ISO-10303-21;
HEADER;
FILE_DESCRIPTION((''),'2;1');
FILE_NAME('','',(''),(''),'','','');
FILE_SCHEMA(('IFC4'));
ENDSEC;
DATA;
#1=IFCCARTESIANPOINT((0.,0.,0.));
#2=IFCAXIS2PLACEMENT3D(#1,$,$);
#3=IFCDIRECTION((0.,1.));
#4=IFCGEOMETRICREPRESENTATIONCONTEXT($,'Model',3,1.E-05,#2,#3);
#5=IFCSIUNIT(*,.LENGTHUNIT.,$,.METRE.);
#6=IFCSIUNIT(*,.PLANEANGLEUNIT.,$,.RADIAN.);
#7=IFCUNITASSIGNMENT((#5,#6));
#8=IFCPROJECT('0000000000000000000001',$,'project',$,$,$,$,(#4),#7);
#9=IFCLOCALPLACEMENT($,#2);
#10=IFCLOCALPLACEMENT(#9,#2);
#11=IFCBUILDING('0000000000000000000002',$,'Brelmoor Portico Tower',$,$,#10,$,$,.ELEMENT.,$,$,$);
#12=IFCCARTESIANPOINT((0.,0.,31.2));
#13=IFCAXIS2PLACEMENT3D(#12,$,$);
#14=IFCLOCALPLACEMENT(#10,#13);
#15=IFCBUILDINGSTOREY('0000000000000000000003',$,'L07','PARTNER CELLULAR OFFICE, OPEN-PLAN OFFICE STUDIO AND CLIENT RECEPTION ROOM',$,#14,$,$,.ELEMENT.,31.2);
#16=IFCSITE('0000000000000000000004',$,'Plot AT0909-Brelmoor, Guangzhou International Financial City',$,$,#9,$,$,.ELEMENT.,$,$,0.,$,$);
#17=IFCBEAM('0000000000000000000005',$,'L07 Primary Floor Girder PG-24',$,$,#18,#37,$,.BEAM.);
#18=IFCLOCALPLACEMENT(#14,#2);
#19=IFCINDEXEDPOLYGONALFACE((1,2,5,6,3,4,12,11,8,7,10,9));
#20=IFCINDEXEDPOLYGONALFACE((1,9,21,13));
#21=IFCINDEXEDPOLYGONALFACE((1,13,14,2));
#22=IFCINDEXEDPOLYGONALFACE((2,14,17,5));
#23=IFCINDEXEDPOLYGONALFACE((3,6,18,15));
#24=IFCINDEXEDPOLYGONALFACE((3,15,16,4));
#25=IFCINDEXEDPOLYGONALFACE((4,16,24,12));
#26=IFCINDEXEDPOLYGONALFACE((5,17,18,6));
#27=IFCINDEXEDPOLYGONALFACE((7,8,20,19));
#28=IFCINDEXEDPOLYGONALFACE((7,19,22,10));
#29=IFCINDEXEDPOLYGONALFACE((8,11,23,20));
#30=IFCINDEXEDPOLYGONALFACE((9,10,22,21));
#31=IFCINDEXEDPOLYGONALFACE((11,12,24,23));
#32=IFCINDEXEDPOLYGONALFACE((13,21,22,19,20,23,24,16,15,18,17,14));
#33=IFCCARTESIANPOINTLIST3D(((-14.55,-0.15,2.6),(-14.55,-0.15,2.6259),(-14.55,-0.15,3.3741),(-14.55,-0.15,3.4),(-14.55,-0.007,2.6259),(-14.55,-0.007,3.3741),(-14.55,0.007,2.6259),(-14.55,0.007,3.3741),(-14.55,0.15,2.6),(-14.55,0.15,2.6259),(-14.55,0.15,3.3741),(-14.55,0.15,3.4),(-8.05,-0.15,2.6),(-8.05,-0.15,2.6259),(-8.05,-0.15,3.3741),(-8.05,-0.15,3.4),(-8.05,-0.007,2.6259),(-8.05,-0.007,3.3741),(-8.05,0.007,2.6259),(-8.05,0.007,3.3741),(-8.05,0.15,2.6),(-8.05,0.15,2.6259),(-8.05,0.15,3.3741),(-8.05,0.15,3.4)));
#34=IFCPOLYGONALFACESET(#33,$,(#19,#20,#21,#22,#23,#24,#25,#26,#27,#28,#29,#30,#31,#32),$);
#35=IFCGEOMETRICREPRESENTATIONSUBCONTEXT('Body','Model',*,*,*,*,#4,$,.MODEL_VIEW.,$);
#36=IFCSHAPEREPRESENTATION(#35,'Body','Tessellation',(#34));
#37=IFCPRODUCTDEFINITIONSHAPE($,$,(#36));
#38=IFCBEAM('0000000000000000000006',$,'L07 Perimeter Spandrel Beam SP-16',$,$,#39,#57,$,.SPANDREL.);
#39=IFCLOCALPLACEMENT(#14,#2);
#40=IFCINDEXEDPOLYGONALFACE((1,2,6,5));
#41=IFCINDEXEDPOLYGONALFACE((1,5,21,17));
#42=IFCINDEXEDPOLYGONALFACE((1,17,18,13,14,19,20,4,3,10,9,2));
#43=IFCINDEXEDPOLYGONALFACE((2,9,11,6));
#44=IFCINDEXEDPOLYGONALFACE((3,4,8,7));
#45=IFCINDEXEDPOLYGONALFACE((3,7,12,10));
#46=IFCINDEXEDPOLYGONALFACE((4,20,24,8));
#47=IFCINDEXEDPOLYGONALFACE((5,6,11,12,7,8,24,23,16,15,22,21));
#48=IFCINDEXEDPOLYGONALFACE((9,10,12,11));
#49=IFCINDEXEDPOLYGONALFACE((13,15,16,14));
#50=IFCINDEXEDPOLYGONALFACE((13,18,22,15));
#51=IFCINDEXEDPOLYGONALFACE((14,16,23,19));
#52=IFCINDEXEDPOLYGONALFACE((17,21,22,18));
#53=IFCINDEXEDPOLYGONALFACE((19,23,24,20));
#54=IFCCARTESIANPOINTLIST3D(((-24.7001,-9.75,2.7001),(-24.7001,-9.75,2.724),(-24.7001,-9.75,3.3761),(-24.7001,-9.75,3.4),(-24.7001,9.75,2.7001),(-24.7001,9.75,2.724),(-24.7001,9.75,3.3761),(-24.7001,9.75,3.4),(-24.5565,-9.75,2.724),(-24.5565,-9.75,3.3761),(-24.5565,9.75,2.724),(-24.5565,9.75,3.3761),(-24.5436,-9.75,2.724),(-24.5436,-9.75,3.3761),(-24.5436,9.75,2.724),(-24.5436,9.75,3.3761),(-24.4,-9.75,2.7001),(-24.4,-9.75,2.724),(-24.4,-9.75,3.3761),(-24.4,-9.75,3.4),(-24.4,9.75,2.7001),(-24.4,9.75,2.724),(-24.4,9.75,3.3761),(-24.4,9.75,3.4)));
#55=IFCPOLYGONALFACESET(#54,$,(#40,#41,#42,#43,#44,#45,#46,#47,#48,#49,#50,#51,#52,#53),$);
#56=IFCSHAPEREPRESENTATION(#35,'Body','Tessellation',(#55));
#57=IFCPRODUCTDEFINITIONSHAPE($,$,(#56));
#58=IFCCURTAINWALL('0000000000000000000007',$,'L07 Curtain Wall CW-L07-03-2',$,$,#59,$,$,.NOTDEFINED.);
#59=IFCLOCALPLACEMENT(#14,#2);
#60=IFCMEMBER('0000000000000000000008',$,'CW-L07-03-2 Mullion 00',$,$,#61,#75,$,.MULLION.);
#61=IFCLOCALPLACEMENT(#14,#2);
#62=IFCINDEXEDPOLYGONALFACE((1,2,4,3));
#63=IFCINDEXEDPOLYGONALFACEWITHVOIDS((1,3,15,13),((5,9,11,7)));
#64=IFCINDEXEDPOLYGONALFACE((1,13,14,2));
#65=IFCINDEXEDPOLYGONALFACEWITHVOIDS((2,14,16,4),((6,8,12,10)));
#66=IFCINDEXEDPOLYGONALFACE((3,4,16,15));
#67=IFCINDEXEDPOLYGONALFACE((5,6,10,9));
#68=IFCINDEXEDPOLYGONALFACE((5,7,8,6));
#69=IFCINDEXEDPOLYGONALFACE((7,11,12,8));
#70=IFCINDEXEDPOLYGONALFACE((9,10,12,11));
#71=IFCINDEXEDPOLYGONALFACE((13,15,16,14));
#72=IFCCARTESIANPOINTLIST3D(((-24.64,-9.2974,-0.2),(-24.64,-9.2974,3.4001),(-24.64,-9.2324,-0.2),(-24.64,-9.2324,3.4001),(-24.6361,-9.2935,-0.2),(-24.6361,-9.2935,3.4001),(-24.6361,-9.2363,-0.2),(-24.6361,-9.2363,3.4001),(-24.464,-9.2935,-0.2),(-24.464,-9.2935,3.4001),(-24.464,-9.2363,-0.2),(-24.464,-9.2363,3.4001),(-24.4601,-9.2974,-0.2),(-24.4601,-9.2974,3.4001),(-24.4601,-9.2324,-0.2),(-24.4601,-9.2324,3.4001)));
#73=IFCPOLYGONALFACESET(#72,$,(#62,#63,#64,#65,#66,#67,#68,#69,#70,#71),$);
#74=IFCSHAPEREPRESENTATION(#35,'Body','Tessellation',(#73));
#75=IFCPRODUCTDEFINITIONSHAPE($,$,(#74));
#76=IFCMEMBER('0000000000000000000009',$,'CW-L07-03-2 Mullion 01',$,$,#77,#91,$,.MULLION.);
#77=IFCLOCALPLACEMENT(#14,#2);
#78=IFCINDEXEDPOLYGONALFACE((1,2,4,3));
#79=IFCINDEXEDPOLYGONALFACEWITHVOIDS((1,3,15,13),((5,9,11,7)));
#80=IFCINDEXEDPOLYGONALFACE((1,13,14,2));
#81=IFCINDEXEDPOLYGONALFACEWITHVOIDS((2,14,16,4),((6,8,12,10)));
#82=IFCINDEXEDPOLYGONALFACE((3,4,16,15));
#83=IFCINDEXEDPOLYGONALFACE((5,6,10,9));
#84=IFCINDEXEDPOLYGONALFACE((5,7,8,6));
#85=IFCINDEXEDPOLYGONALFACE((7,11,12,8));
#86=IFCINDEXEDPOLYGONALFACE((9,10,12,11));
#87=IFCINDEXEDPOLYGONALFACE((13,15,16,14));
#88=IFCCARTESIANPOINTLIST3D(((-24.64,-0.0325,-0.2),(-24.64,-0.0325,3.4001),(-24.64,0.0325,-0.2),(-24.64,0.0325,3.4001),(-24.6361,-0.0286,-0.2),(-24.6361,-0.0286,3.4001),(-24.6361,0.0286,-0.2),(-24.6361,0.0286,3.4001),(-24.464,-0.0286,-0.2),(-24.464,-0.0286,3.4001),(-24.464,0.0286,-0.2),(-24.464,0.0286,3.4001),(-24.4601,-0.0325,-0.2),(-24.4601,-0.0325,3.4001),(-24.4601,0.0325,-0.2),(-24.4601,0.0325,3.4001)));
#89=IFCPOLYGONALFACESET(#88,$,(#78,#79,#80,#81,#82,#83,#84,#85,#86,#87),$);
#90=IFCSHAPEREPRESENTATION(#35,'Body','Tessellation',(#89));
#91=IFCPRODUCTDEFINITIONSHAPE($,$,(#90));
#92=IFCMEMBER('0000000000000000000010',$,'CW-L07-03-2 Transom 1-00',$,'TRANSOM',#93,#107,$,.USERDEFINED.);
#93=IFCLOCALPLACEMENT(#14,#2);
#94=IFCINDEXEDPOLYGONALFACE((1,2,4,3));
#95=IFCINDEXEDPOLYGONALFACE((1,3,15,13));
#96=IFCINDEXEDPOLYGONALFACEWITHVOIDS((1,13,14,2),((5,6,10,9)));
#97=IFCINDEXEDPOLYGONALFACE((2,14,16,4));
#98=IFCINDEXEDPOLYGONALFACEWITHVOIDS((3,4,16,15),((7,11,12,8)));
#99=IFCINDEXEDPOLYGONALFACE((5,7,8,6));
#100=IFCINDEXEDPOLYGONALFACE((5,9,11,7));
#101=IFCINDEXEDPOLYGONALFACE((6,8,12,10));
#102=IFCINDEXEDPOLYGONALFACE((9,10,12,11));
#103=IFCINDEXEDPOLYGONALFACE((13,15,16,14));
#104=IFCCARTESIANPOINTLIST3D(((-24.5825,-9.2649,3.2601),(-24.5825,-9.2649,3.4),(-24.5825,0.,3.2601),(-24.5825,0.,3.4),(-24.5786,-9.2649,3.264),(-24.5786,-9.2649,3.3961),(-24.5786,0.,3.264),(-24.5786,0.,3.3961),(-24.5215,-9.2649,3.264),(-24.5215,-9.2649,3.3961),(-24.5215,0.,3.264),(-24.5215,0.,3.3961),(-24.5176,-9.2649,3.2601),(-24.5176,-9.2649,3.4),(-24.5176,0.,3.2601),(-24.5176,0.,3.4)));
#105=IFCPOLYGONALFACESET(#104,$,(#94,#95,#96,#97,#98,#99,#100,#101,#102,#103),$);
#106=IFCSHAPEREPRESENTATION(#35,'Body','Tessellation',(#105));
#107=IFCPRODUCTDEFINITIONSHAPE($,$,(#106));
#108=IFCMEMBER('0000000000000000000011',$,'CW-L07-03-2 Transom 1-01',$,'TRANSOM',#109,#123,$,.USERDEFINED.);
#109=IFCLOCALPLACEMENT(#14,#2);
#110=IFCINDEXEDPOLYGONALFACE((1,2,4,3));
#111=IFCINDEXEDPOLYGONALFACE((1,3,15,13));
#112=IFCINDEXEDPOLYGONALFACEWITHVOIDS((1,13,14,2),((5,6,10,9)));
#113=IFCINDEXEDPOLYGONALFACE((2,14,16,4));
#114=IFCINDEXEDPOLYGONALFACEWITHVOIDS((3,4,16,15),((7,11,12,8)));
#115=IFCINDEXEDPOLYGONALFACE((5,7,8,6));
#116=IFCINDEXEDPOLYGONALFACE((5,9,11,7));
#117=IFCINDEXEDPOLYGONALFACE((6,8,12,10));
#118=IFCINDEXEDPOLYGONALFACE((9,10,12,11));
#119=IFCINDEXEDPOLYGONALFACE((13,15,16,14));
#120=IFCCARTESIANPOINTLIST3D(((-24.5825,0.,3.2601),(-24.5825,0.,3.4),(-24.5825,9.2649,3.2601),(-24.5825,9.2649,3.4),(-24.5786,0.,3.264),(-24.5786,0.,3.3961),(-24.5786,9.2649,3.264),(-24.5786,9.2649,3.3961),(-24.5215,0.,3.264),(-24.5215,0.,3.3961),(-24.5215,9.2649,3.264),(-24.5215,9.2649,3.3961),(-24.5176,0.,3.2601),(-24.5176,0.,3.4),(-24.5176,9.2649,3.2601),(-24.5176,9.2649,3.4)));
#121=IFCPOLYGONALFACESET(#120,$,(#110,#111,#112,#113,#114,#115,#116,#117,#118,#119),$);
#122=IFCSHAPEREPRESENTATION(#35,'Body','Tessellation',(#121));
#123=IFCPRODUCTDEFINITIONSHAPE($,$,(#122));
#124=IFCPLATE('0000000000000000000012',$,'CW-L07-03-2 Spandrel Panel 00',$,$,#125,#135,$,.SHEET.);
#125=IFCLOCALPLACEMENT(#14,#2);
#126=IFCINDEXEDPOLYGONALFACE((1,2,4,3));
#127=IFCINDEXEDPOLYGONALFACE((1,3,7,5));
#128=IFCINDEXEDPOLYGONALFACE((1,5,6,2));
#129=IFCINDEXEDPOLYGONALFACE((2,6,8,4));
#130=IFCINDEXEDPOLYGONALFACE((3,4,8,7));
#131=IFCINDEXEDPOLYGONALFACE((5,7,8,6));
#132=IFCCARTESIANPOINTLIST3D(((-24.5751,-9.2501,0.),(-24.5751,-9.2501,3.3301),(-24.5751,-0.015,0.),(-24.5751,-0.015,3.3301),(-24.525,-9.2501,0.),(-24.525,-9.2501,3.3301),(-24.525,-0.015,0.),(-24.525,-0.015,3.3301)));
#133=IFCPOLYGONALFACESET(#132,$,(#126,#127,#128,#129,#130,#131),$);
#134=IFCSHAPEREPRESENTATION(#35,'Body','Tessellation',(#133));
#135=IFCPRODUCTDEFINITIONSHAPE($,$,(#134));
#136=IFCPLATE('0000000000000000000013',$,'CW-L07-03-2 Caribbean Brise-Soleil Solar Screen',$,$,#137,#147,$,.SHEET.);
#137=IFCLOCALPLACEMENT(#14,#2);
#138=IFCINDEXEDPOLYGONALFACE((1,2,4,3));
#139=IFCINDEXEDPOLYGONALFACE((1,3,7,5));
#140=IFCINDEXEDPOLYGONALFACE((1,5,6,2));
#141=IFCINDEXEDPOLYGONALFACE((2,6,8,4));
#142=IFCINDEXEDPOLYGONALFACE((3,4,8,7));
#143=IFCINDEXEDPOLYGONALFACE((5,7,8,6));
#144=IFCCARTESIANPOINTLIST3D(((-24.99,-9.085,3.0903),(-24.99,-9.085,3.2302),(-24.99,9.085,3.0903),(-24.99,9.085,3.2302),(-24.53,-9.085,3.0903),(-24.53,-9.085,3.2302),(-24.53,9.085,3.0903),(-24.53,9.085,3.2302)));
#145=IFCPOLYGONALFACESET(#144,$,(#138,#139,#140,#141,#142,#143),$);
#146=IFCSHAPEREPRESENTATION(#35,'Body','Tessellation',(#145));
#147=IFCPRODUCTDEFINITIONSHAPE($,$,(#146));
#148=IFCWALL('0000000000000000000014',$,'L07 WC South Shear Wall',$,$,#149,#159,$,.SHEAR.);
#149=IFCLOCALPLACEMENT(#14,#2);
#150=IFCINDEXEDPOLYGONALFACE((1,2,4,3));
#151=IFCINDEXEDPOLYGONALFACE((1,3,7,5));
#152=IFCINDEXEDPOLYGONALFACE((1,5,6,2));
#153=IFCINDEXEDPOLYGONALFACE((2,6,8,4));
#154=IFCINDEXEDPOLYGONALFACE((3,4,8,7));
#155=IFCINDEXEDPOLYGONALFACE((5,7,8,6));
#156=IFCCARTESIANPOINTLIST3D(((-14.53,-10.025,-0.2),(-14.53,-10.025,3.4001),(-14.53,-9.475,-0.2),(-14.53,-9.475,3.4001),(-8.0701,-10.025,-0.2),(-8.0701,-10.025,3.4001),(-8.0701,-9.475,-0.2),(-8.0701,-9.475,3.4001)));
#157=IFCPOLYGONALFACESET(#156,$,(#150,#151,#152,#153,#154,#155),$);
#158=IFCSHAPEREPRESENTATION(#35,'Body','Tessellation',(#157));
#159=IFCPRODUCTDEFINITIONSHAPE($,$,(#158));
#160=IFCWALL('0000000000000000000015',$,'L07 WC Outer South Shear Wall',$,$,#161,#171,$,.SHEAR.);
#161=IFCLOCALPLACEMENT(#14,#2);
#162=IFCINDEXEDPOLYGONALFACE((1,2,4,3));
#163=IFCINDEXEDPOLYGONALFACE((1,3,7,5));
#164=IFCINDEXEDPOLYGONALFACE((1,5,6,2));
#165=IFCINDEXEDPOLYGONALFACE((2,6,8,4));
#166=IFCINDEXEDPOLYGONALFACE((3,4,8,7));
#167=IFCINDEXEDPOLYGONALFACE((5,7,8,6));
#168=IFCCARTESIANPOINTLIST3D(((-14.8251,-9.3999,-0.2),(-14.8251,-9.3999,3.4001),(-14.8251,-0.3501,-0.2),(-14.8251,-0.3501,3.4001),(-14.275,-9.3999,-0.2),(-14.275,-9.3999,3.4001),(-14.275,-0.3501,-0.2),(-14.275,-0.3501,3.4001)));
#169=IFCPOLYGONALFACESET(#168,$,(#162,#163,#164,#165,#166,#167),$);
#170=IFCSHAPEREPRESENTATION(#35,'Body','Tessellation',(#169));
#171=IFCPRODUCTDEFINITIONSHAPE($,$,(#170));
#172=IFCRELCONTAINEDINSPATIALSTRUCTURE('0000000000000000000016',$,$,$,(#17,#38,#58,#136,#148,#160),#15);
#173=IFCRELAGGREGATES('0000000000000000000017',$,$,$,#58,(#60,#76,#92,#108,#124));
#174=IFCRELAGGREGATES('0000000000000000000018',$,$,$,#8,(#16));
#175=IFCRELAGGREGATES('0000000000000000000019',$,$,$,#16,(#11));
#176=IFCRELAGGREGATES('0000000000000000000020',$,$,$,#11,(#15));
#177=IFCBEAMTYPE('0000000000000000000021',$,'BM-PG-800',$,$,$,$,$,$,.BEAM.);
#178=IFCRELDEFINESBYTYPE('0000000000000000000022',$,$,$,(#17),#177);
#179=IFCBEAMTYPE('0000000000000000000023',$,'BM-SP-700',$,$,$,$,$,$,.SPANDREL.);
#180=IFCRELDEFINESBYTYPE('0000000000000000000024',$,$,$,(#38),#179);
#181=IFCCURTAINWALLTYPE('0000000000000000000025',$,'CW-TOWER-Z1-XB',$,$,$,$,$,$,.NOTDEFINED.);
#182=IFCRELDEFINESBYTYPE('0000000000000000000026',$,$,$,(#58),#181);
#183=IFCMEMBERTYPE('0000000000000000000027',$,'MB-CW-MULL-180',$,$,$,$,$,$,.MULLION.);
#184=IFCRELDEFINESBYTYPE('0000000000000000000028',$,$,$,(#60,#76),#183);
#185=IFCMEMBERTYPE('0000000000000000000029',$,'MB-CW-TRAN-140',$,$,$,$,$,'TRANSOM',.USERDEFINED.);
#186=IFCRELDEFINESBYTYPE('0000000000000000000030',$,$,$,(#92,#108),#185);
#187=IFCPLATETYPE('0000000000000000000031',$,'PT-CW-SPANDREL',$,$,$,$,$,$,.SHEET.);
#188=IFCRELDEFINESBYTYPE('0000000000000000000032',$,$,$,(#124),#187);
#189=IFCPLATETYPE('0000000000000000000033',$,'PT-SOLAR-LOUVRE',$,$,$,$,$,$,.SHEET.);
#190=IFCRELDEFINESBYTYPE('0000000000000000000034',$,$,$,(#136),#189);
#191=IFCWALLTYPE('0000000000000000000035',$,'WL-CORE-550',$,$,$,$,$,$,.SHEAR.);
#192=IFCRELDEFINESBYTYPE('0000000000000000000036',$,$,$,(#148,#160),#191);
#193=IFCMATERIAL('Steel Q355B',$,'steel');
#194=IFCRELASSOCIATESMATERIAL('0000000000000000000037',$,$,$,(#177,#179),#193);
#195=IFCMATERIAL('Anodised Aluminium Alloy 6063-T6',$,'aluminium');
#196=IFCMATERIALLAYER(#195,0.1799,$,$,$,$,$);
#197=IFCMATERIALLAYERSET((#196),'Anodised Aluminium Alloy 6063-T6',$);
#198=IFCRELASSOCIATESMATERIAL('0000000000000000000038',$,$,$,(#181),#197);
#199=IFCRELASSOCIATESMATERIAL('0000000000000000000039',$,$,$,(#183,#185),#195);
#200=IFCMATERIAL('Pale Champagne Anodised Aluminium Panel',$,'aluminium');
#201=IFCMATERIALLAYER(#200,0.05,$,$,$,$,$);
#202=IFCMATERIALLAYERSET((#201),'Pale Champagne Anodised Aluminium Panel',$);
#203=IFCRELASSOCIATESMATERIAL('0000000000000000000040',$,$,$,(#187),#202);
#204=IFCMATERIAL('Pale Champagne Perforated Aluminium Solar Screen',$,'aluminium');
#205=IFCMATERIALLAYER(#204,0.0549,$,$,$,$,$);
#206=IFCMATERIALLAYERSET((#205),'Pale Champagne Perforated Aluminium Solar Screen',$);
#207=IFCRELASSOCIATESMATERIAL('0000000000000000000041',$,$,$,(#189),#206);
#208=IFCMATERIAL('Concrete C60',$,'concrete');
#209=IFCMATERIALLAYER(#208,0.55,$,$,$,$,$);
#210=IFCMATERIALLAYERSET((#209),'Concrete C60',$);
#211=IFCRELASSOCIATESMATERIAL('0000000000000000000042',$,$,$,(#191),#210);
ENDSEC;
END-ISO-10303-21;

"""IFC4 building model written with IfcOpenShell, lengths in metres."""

from ifc_helpers import new_model, si_unit, direction, frame, frame_2d, origin, origin_2d, place, context, subcontext, project, spatial, rectangle, hollow_rectangle, i_section, extrude, material, layer, layer_set, material_profile, profile_set, type_object, element, aggregate, save


model = new_model("IFC4")

# Units and contexts
model_context = context("Model", 3, precision=1e-05, world=origin(), true_north=direction((0.0, 1.0)))
body_context = subcontext(model_context, "Body", "Model", "MODEL_VIEW")
ifc_project = project(units=[si_unit("LENGTHUNIT", "METRE"), si_unit("PLANEANGLEUNIT", "RADIAN")], contexts=[model_context])

# Site, building, storey
site_placement = place(None, origin())
site = spatial("IfcSite", under=ifc_project, at=site_placement, Name="Plot AT0909-Brelmoor, Guangzhou International Financial City", CompositionType="ELEMENT", RefElevation=0.0)
building_placement = place(site_placement, origin())
building = spatial("IfcBuilding", under=site, at=building_placement, Name="Brelmoor Portico Tower", CompositionType="ELEMENT")
storey_placement = place(building_placement, frame((0.0, 0.0, 31.2)))
storey = spatial("IfcBuildingStorey", under=building, at=storey_placement, Name="L07", Description="PARTNER CELLULAR OFFICE, OPEN-PLAN OFFICE STUDIO AND CLIENT RECEPTION ROOM", CompositionType="ELEMENT", Elevation=31.2)

# Beams
ifc_material_1 = material(Name="Steel Q355B", Category="steel")
ifc_material_profile_1 = material_profile(ifc_material_1, i_section(OverallWidth=0.3, OverallDepth=0.8, WebThickness=0.0139, FlangeThickness=0.0259, at=origin_2d()), Name="HN 800x300x14x26")
ifc_profile_set_1 = profile_set([ifc_material_profile_1], Name="Steel Q355B")
beam_type_1 = type_object("IfcBeamType", Name="BM-PG-800", PredefinedType="BEAM", material=ifc_profile_set_1)
for number, where, z_axis, x_axis, name in (
    (1, (-14.55, 0.0, 3.0), (1.0, 0.0, 0.0), (0.0, 1.0, 0.0), "L07 Primary Floor Girder PG-24"),
):
    element("IfcBeam", number, at=place(storey_placement, frame(where, z_axis=z_axis, x_axis=x_axis)), inside=storey, type_object=beam_type_1, Name=name, PredefinedType="BEAM", context=body_context, shape_type="SweptSolid", body=[
        extrude(i_section(OverallWidth=0.3, OverallDepth=0.8, WebThickness=0.0139, FlangeThickness=0.0259, at=origin_2d()), origin(), (0.0, 0.0, 1.0), 6.5),
    ])
ifc_material_profile_2 = material_profile(ifc_material_1, i_section(OverallWidth=0.3, OverallDepth=0.7, WebThickness=0.0129, FlangeThickness=0.0239, at=origin_2d()), Name="HN 700x300x13x24")
ifc_profile_set_2 = profile_set([ifc_material_profile_2], Name="Steel Q355B")
beam_type_2 = type_object("IfcBeamType", Name="BM-SP-700", PredefinedType="SPANDREL", material=ifc_profile_set_2)
beam_1_placement = place(storey_placement, frame((-24.55, -9.75, 3.05), z_axis=(0.0, 1.0, 0.0), x_axis=(-1.0, 0.0, 0.0)))
element("IfcBeam", 2, at=beam_1_placement, inside=storey, type_object=beam_type_2, Name="L07 Perimeter Spandrel Beam SP-16", PredefinedType="SPANDREL", context=body_context, shape_type="SweptSolid", body=[
    extrude(i_section(OverallWidth=0.3, OverallDepth=0.7, WebThickness=0.0129, FlangeThickness=0.0239, at=origin_2d()), origin(), (0.0, 0.0, 1.0), 19.5),
])

# Curtain wall, members, plate
ifc_material_2 = material(Name="Anodised Aluminium Alloy 6063-T6", Category="aluminium")
ifc_layer_1 = layer(ifc_material_2, 0.1799)
ifc_layer_set_1 = layer_set([ifc_layer_1], Name="Anodised Aluminium Alloy 6063-T6")
curtain_wall_type = type_object("IfcCurtainWallType", Name="CW-TOWER-Z1-XB", PredefinedType="NOTDEFINED", material=ifc_layer_set_1)
curtain_wall_placement = place(storey_placement, origin())
curtain_wall = element("IfcCurtainWall", 3, at=curtain_wall_placement, inside=storey, type_object=curtain_wall_type, Name="L07 Curtain Wall CW-L07-03-2", PredefinedType="NOTDEFINED")
ifc_material_profile_3 = material_profile(ifc_material_2, hollow_rectangle(XDim=0.0649, YDim=0.1799, WallThickness=0.0039, at=origin_2d()), Name="ALU MULLION 65x180")
ifc_profile_set_3 = profile_set([ifc_material_profile_3], Name="Anodised Aluminium Alloy 6063-T6")
member_type_1 = type_object("IfcMemberType", Name="MB-CW-MULL-180", PredefinedType="MULLION", material=ifc_profile_set_3)
member_1_placement = place(storey_placement, frame((-24.55, -9.2649, -0.2), z_axis=(0.0, 0.0, 1.0), x_axis=(0.0, 1.0, 0.0)))
member_1 = element("IfcMember", 4, at=member_1_placement, type_object=member_type_1, Name="CW-L07-03-2 Mullion 00", PredefinedType="MULLION", context=body_context, shape_type="SweptSolid", body=[
    extrude(hollow_rectangle(XDim=0.0649, YDim=0.1799, WallThickness=0.0039, at=origin_2d()), origin(), (0.0, 0.0, 1.0), 3.6001),
])
member_2_placement = place(storey_placement, frame((-24.55, 0.0, -0.2), z_axis=(0.0, 0.0, 1.0), x_axis=(0.0, 1.0, 0.0)))
member_2 = element("IfcMember", 5, at=member_2_placement, type_object=member_type_1, Name="CW-L07-03-2 Mullion 01", PredefinedType="MULLION", context=body_context, shape_type="SweptSolid", body=[
    extrude(hollow_rectangle(XDim=0.0649, YDim=0.1799, WallThickness=0.0039, at=origin_2d()), origin(), (0.0, 0.0, 1.0), 3.6001),
])
ifc_material_profile_4 = material_profile(ifc_material_2, hollow_rectangle(XDim=0.0649, YDim=0.1399, WallThickness=0.0039, at=origin_2d()), Name="ALU TRANSOM 65x140")
ifc_profile_set_4 = profile_set([ifc_material_profile_4], Name="Anodised Aluminium Alloy 6063-T6")
member_type_2 = type_object("IfcMemberType", Name="MB-CW-TRAN-140", ElementType="TRANSOM", PredefinedType="USERDEFINED", material=ifc_profile_set_4)
member_3_placement = place(storey_placement, frame((-24.55, -9.2649, 3.3301), z_axis=(0.0, 1.0, 0.0), x_axis=(-1.0, 0.0, 0.0)))
member_3 = element("IfcMember", 6, at=member_3_placement, type_object=member_type_2, Name="CW-L07-03-2 Transom 1-00", ObjectType="TRANSOM", PredefinedType="USERDEFINED", context=body_context, shape_type="SweptSolid", body=[
    extrude(hollow_rectangle(XDim=0.0649, YDim=0.1399, WallThickness=0.0039, at=origin_2d()), origin(), (0.0, 0.0, 1.0), 9.2649),
])
member_4_placement = place(storey_placement, frame((-24.55, 0.0, 3.3301), z_axis=(0.0, 1.0, 0.0), x_axis=(-1.0, 0.0, 0.0)))
member_4 = element("IfcMember", 7, at=member_4_placement, type_object=member_type_2, Name="CW-L07-03-2 Transom 1-01", ObjectType="TRANSOM", PredefinedType="USERDEFINED", context=body_context, shape_type="SweptSolid", body=[
    extrude(hollow_rectangle(XDim=0.0649, YDim=0.1399, WallThickness=0.0039, at=origin_2d()), origin(), (0.0, 0.0, 1.0), 9.2649),
])
ifc_material_3 = material(Name="Pale Champagne Anodised Aluminium Panel", Category="aluminium")
ifc_layer_2 = layer(ifc_material_3, 0.05)
ifc_layer_set_2 = layer_set([ifc_layer_2], Name="Pale Champagne Anodised Aluminium Panel")
plate_type_1 = type_object("IfcPlateType", Name="PT-CW-SPANDREL", PredefinedType="SHEET", material=ifc_layer_set_2)
plate_1_placement = place(storey_placement, frame((-24.55, -4.6326, 0.0), z_axis=(0.0, 0.0, 1.0), x_axis=(0.0, 1.0, 0.0)))
plate_1 = element("IfcPlate", 8, at=plate_1_placement, type_object=plate_type_1, Name="CW-L07-03-2 Spandrel Panel 00", PredefinedType="SHEET", context=body_context, shape_type="SweptSolid", body=[
    extrude(rectangle(XDim=9.2351, YDim=0.05, at=origin_2d()), origin(), (0.0, 0.0, 1.0), 3.3301),
])
aggregate(curtain_wall, [member_1, member_2, member_3, member_4, plate_1])

# Plate
ifc_material_4 = material(Name="Pale Champagne Perforated Aluminium Solar Screen", Category="aluminium")
ifc_layer_3 = layer(ifc_material_4, 0.0549)
ifc_layer_set_3 = layer_set([ifc_layer_3], Name="Pale Champagne Perforated Aluminium Solar Screen")
plate_type_2 = type_object("IfcPlateType", Name="PT-SOLAR-LOUVRE", PredefinedType="SHEET", material=ifc_layer_set_3)
plate_2_placement = place(storey_placement, frame((-24.76, 0.0, 3.0903), z_axis=(0.0, 0.0, 1.0), x_axis=(0.0, 1.0, 0.0)))
element("IfcPlate", 9, at=plate_2_placement, inside=storey, type_object=plate_type_2, Name="CW-L07-03-2 Caribbean Brise-Soleil Solar Screen", PredefinedType="SHEET", context=body_context, shape_type="SweptSolid", body=[
    extrude(rectangle(XDim=18.1699, YDim=0.46, at=origin_2d()), origin(), (0.0, 0.0, 1.0), 0.1399),
])

# Walls
ifc_material_5 = material(Name="Concrete C60", Category="concrete")
ifc_layer_4 = layer(ifc_material_5, 0.55)
ifc_layer_set_4 = layer_set([ifc_layer_4], Name="Concrete C60")
wall_type_1 = type_object("IfcWallType", Name="WL-CORE-550", PredefinedType="SHEAR", material=ifc_layer_set_4)
wall_1_placement = place(storey_placement, frame((-14.53, -9.75, -0.2), z_axis=(0.0, 0.0, 1.0), x_axis=(1.0, 0.0, 0.0)))
element("IfcWall", 10, at=wall_1_placement, inside=storey, type_object=wall_type_1, Name="L07 WC South Shear Wall", PredefinedType="SHEAR", context=body_context, shape_type="SweptSolid", body=[
    extrude(rectangle(XDim=6.46, YDim=0.55, at=frame_2d((3.23, 0.0))), origin(), (0.0, 0.0, 1.0), 3.6001),
])
wall_2_placement = place(storey_placement, frame((-14.55, -9.3999, -0.2), z_axis=(0.0, 0.0, 1.0), x_axis=(0.0, 1.0, 0.0)))
element("IfcWall", 11, at=wall_2_placement, inside=storey, type_object=wall_type_1, Name="L07 WC Outer South Shear Wall", PredefinedType="SHEAR", context=body_context, shape_type="SweptSolid", body=[
    extrude(rectangle(XDim=9.0498, YDim=0.55, at=frame_2d((4.5249, 0.0))), origin(), (0.0, 0.0, 1.0), 3.6001),
])

save(model, "model.ifc")
